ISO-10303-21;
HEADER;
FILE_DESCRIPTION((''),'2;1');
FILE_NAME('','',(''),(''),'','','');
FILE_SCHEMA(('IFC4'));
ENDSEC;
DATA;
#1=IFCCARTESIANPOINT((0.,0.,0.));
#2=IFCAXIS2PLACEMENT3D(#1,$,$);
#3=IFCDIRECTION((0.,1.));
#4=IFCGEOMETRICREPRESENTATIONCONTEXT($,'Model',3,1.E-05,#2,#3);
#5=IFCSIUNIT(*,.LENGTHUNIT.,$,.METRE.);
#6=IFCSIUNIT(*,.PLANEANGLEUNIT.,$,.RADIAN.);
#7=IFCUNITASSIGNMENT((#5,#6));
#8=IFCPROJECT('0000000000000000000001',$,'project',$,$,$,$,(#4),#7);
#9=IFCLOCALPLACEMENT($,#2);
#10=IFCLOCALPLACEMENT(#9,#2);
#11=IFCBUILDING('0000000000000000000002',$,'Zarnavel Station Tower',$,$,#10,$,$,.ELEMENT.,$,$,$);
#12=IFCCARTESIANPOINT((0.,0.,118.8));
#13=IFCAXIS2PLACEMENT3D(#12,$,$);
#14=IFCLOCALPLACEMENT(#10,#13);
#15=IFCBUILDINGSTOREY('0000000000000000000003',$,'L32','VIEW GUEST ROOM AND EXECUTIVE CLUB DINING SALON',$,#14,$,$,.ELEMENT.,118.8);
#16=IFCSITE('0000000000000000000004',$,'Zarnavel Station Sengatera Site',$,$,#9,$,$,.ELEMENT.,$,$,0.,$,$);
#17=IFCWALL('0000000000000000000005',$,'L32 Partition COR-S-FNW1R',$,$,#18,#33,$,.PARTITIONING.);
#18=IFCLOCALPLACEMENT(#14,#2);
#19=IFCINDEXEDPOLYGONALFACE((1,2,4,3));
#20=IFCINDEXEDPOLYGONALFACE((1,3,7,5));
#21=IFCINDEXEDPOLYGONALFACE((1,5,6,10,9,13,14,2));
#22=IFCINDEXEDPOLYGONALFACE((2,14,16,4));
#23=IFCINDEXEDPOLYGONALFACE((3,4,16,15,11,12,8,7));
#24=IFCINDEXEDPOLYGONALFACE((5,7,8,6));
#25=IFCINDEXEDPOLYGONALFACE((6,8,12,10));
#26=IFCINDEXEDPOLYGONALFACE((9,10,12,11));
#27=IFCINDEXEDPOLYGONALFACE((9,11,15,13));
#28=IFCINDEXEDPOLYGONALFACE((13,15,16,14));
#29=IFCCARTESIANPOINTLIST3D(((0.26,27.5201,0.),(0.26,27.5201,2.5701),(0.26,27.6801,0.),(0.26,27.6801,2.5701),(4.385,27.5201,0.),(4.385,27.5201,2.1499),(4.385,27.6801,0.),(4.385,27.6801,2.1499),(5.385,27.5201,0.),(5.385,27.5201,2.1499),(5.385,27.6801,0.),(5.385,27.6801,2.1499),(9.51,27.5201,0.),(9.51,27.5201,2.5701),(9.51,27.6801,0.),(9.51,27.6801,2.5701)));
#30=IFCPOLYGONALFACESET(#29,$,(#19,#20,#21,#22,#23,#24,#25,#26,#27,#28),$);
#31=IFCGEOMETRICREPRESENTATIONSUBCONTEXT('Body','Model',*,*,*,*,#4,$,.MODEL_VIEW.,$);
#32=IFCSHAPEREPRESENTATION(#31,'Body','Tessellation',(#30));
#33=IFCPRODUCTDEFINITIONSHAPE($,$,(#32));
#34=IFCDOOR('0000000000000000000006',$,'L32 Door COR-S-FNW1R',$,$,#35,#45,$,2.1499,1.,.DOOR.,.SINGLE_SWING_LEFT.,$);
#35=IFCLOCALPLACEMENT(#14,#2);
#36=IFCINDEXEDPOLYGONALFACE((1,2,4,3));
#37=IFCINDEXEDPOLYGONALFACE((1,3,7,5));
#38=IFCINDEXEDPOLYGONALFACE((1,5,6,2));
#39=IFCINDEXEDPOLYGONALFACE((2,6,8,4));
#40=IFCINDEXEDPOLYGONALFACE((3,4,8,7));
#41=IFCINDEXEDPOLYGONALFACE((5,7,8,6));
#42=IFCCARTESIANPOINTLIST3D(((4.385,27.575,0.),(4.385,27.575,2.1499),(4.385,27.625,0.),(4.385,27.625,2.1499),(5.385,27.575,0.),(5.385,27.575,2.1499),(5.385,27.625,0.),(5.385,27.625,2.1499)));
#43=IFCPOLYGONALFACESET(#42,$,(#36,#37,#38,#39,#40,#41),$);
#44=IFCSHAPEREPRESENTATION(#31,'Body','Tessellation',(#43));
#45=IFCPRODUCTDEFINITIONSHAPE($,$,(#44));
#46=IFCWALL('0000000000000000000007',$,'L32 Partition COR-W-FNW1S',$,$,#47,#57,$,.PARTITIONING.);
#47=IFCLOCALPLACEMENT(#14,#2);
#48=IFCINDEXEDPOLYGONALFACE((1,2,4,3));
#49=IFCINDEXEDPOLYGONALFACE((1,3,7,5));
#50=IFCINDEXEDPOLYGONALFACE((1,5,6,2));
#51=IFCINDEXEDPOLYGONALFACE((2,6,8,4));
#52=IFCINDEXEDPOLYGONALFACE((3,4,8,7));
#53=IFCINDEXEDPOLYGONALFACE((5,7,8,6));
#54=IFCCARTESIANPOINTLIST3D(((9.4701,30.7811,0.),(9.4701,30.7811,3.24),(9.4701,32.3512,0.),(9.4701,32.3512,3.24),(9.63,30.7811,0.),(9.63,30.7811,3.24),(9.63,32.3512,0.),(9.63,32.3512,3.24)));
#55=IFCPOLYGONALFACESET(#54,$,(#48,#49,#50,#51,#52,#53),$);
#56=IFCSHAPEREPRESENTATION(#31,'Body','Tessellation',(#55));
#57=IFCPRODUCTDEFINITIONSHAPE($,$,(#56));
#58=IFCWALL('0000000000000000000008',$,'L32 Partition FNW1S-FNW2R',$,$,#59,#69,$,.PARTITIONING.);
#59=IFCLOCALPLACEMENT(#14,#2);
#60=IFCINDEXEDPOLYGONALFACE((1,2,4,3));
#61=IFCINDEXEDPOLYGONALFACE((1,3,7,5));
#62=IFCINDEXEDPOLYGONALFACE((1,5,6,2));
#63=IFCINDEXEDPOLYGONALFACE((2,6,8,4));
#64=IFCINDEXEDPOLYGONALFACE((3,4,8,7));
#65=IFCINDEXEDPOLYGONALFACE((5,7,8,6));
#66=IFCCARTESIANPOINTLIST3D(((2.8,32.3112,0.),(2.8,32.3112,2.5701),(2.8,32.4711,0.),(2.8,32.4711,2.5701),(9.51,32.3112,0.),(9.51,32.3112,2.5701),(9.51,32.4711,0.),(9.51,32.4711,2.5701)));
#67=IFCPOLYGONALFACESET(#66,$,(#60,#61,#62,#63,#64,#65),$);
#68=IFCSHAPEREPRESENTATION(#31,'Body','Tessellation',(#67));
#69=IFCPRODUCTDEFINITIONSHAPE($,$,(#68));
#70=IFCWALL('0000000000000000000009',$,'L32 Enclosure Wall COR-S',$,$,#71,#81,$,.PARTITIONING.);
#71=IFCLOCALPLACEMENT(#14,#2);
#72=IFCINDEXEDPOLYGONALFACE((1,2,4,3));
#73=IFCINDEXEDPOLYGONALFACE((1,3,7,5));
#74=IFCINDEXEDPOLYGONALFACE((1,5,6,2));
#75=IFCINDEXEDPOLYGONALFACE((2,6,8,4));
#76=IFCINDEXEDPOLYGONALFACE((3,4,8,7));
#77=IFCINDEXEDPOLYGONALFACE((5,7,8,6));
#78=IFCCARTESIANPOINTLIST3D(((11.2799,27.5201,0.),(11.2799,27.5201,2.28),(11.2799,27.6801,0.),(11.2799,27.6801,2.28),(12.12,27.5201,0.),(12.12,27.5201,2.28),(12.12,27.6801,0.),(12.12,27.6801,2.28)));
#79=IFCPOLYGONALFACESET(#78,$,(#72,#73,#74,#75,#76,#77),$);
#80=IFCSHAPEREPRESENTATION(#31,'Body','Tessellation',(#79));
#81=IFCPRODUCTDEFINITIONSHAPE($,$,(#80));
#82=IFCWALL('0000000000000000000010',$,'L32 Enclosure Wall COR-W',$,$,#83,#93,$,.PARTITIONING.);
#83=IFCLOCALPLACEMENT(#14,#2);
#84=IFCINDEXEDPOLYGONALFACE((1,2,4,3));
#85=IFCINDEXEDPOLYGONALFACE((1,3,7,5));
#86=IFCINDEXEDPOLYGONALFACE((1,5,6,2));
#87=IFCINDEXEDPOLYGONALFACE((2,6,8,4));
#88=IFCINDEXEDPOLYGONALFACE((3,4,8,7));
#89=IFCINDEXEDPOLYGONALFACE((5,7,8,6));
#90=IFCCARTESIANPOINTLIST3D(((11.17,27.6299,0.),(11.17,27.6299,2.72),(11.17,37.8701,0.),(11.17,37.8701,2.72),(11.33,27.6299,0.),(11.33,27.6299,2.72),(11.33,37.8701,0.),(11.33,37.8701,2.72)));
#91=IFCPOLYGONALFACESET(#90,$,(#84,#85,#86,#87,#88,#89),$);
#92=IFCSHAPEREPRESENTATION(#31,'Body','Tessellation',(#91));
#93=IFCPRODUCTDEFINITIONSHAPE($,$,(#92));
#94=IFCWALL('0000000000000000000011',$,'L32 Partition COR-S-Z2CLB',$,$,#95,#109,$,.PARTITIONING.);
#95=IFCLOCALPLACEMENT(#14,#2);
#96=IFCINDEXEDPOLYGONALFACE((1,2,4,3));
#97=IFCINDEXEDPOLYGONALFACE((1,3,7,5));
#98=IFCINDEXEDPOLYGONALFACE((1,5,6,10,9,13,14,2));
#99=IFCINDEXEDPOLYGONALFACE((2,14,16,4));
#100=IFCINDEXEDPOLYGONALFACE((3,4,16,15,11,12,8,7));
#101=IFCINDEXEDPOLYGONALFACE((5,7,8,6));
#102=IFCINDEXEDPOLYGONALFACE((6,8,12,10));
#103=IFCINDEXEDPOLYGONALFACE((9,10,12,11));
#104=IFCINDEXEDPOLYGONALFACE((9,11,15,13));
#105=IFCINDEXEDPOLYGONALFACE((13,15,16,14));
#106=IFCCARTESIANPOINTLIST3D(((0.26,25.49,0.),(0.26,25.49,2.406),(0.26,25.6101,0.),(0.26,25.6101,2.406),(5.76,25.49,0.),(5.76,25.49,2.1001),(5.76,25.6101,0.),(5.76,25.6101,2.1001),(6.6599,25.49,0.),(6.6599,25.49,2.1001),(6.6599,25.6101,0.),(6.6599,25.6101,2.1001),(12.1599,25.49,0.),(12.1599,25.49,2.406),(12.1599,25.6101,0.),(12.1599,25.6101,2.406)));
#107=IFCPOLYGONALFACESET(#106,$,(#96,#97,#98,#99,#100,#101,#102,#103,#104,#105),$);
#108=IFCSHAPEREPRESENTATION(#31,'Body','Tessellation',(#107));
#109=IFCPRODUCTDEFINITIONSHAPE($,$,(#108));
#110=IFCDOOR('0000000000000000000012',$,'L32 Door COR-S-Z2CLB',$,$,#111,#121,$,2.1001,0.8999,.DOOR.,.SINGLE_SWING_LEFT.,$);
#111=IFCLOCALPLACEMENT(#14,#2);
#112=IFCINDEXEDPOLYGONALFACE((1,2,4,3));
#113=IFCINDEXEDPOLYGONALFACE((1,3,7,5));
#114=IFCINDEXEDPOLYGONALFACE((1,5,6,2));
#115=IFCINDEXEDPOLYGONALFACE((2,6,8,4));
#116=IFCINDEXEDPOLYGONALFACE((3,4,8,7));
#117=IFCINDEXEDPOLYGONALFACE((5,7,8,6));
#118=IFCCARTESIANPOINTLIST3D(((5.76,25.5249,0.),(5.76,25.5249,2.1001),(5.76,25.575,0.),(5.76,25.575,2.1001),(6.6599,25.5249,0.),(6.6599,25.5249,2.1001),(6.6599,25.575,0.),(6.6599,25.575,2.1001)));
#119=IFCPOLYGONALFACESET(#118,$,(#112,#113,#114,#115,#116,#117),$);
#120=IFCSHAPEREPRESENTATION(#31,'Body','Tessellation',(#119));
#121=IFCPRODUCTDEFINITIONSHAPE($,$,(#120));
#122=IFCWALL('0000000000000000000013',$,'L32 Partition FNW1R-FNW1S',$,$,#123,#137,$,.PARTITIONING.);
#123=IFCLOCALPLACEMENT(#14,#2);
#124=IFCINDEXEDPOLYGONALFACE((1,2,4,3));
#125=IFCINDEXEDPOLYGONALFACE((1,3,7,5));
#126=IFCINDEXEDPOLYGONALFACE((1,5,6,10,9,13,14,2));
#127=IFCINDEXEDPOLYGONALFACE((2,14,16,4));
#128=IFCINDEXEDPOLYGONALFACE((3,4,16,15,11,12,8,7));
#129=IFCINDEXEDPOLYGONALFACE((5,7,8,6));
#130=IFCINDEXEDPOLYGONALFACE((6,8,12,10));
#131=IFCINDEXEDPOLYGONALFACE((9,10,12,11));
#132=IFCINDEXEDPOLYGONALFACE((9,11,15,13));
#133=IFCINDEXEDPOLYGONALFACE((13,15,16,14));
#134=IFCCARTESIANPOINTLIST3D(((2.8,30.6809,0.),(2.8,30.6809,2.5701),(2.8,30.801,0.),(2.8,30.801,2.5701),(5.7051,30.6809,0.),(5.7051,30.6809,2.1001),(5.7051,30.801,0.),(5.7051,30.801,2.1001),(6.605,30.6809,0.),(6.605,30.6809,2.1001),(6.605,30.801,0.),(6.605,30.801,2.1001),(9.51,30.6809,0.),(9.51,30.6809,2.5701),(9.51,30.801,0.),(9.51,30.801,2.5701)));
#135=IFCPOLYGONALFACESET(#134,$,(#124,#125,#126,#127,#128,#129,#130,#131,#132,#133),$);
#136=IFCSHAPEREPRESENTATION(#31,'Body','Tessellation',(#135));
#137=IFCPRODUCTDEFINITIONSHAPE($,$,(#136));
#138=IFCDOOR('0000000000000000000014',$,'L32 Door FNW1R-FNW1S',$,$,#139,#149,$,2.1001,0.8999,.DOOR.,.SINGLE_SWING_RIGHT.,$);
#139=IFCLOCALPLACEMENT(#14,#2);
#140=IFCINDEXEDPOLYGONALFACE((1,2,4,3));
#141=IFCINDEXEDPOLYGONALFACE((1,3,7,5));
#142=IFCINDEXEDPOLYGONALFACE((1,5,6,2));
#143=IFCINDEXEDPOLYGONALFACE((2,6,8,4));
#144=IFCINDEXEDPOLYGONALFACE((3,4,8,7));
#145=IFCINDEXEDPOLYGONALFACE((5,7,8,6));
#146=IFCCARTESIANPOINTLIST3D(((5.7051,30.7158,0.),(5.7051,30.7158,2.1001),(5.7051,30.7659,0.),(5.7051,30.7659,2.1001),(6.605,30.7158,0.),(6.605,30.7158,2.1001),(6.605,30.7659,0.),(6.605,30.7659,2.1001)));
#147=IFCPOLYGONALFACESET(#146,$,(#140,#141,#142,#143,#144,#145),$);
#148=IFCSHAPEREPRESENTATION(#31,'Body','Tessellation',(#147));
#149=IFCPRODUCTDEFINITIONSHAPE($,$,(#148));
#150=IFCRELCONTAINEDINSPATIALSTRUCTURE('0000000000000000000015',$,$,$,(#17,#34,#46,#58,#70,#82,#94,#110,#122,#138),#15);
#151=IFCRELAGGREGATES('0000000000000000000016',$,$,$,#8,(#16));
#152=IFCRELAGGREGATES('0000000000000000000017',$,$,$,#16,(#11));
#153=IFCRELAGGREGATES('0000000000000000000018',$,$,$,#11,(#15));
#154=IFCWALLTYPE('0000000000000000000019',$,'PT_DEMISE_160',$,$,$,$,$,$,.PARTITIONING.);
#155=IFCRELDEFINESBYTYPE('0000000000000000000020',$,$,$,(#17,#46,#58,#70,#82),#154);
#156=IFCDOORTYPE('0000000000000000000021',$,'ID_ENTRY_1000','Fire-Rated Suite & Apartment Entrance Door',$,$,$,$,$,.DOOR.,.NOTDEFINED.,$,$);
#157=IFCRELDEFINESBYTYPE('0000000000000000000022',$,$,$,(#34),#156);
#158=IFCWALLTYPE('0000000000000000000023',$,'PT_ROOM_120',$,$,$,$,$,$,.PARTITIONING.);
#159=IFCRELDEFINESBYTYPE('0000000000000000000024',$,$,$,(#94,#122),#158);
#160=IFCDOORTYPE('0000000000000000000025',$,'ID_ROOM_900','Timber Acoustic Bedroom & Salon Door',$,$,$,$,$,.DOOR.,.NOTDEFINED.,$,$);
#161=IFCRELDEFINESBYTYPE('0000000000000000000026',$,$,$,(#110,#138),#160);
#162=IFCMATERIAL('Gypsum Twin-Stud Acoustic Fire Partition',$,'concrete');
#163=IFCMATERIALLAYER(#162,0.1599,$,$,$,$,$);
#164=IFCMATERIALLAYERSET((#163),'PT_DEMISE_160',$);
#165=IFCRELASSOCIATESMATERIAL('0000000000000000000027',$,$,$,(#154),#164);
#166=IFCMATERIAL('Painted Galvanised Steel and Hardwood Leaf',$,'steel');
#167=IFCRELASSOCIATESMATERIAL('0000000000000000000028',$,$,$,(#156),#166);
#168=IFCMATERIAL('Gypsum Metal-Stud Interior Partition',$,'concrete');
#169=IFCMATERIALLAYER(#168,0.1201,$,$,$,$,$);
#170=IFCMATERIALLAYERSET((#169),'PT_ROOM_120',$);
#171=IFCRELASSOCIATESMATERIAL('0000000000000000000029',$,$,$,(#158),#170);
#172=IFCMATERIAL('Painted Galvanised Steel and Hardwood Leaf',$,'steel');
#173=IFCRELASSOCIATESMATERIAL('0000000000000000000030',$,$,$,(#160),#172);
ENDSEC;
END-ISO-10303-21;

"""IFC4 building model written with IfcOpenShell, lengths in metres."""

from ifc_helpers import new_model, si_unit, direction, frame, frame_2d, origin, place, context, subcontext, project, spatial, rectangle, extrude, material, layer, layer_set, type_object, element, fill, save


model = new_model("IFC4")

# Units and contexts
model_context = context("Model", 3, precision=1e-05, world=origin(), true_north=direction((0.0, 1.0)))
body_context = subcontext(model_context, "Body", "Model", "MODEL_VIEW")
ifc_project = project(units=[si_unit("LENGTHUNIT", "METRE"), si_unit("PLANEANGLEUNIT", "RADIAN")], contexts=[model_context])

# Site, building, storey
site_placement = place(None, origin())
site = spatial("IfcSite", under=ifc_project, at=site_placement, Name="Zarnavel Station Sengatera Site", CompositionType="ELEMENT", RefElevation=0.0)
building_placement = place(site_placement, origin())
building = spatial("IfcBuilding", under=site, at=building_placement, Name="Zarnavel Station Tower", CompositionType="ELEMENT")
storey_placement = place(building_placement, frame((0.0, 0.0, 118.8)))
storey = spatial("IfcBuildingStorey", under=building, at=storey_placement, Name="L32", Description="VIEW GUEST ROOM AND EXECUTIVE CLUB DINING SALON", CompositionType="ELEMENT", Elevation=118.8)

# Wall, opening, door
ifc_material_1 = material(Name="Gypsum Twin-Stud Acoustic Fire Partition", Category="concrete")
ifc_layer_1 = layer(ifc_material_1, 0.1599)
ifc_layer_set_1 = layer_set([ifc_layer_1], Name="PT_DEMISE_160")
wall_type_1 = type_object("IfcWallType", Name="PT_DEMISE_160", PredefinedType="PARTITIONING", material=ifc_layer_set_1)
wall_1_placement = place(storey_placement, frame((0.26, 27.6001, 0.0), z_axis=(0.0, 0.0, 1.0), x_axis=(1.0, 0.0, 0.0)))
wall_1 = element("IfcWall", 1, at=wall_1_placement, inside=storey, type_object=wall_type_1, Name="L32 Partition COR-S-FNW1R", PredefinedType="PARTITIONING", context=body_context, shape_type="SweptSolid", body=[
    extrude(rectangle(XDim=9.25, YDim=0.1599, at=frame_2d((4.625, 0.0))), origin(), (0.0, 0.0, 1.0), 2.5701),
])
opening_1_placement = place(wall_1_placement, frame((4.125, 0.0, 0.0)))
opening_1 = element("IfcOpeningElement", 2, at=opening_1_placement, cuts=wall_1, PredefinedType="OPENING", context=body_context, shape_type="SweptSolid", body=[
    extrude(rectangle(XDim=1.0, YDim=2.1499, at=frame_2d((0.5, 1.075))), frame((0.0, 0.0898, 0.0), z_axis=(0.0, -1.0, 0.0), x_axis=(1.0, 0.0, 0.0)), (0.0, 0.0, 1.0), 0.1799),
])
ifc_material_2 = material(Name="Painted Galvanised Steel and Hardwood Leaf", Category="steel")
door_type_1 = type_object("IfcDoorType", Name="ID_ENTRY_1000", Description="Fire-Rated Suite & Apartment Entrance Door", OperationType="NOTDEFINED", PredefinedType="DOOR", material=ifc_material_2)
door_1_placement = place(opening_1_placement, origin())
door_1 = element("IfcDoor", 3, at=door_1_placement, inside=storey, type_object=door_type_1, Name="L32 Door COR-S-FNW1R", OperationType="SINGLE_SWING_LEFT", OverallHeight=2.1499, OverallWidth=1.0, PredefinedType="DOOR", context=body_context, shape_type="SweptSolid", body=[
    extrude(rectangle(XDim=1.0, YDim=2.1499, at=frame_2d((0.5, 1.075))), frame((0.0, 0.0249, 0.0), z_axis=(0.0, -1.0, 0.0), x_axis=(1.0, 0.0, 0.0)), (0.0, 0.0, 1.0), 0.05),
])
fill(opening_1, door_1)

# Wall
wall_2_placement = place(storey_placement, frame((9.55, 30.781, 0.0), z_axis=(0.0, 0.0, 1.0), x_axis=(0.0, 1.0, 0.0)))
element("IfcWall", 4, at=wall_2_placement, inside=storey, type_object=wall_type_1, Name="L32 Partition COR-W-FNW1S", PredefinedType="PARTITIONING", context=body_context, shape_type="SweptSolid", body=[
    extrude(rectangle(XDim=1.5701, YDim=0.1599, at=frame_2d((0.7852, 0.0))), origin(), (0.0, 0.0, 1.0), 3.24),
])

# Walls
wall_3_placement = place(storey_placement, frame((2.8, 32.3911, 0.0), z_axis=(0.0, 0.0, 1.0), x_axis=(1.0, 0.0, 0.0)))
element("IfcWall", 5, at=wall_3_placement, inside=storey, type_object=wall_type_1, Name="L32 Partition FNW1S-FNW2R", PredefinedType="PARTITIONING", context=body_context, shape_type="SweptSolid", body=[
    extrude(rectangle(XDim=6.71, YDim=0.1599, at=frame_2d((3.355, 0.0))), origin(), (0.0, 0.0, 1.0), 2.5701),
])
wall_4_placement = place(storey_placement, frame((11.28, 27.6001, 0.0), z_axis=(0.0, 0.0, 1.0), x_axis=(1.0, 0.0, 0.0)))
element("IfcWall", 6, at=wall_4_placement, inside=storey, type_object=wall_type_1, Name="L32 Enclosure Wall COR-S", PredefinedType="PARTITIONING", context=body_context, shape_type="SweptSolid", body=[
    extrude(rectangle(XDim=0.8401, YDim=0.1599, at=frame_2d((0.4199, 0.0))), origin(), (0.0, 0.0, 1.0), 2.28),
])
wall_5_placement = place(storey_placement, frame((11.25, 27.6299, 0.0), z_axis=(0.0, 0.0, 1.0), x_axis=(0.0, 1.0, 0.0)))
element("IfcWall", 7, at=wall_5_placement, inside=storey, type_object=wall_type_1, Name="L32 Enclosure Wall COR-W", PredefinedType="PARTITIONING", context=body_context, shape_type="SweptSolid", body=[
    extrude(rectangle(XDim=10.2402, YDim=0.1599, at=frame_2d((5.1201, 0.0))), origin(), (0.0, 0.0, 1.0), 2.72),
])

# Walls, openings, doors
ifc_material_3 = material(Name="Gypsum Metal-Stud Interior Partition", Category="concrete")
ifc_layer_2 = layer(ifc_material_3, 0.1201)
ifc_layer_set_2 = layer_set([ifc_layer_2], Name="PT_ROOM_120")
wall_type_2 = type_object("IfcWallType", Name="PT_ROOM_120", PredefinedType="PARTITIONING", material=ifc_layer_set_2)
wall_6_placement = place(storey_placement, frame((0.26, 25.55, 0.0), z_axis=(0.0, 0.0, 1.0), x_axis=(1.0, 0.0, 0.0)))
wall_6 = element("IfcWall", 8, at=wall_6_placement, inside=storey, type_object=wall_type_2, Name="L32 Partition COR-S-Z2CLB", PredefinedType="PARTITIONING", context=body_context, shape_type="SweptSolid", body=[
    extrude(rectangle(XDim=11.8999, YDim=0.1201, at=frame_2d((5.95, 0.0))), origin(), (0.0, 0.0, 1.0), 2.406),
])
opening_2_placement = place(wall_6_placement, frame((5.5, 0.0, 0.0)))
opening_2 = element("IfcOpeningElement", 9, at=opening_2_placement, cuts=wall_6, PredefinedType="OPENING", context=body_context, shape_type="SweptSolid", body=[
    extrude(rectangle(XDim=0.8999, YDim=2.1001, at=frame_2d((0.45, 1.05))), frame((0.0, 0.0701, 0.0), z_axis=(0.0, -1.0, 0.0), x_axis=(1.0, 0.0, 0.0)), (0.0, 0.0, 1.0), 0.1401),
])
ifc_material_4 = material(Name="Painted Galvanised Steel and Hardwood Leaf", Category="steel")
door_type_2 = type_object("IfcDoorType", Name="ID_ROOM_900", Description="Timber Acoustic Bedroom & Salon Door", OperationType="NOTDEFINED", PredefinedType="DOOR", material=ifc_material_4)
door_2_placement = place(opening_2_placement, origin())
door_2 = element("IfcDoor", 10, at=door_2_placement, inside=storey, type_object=door_type_2, Name="L32 Door COR-S-Z2CLB", OperationType="SINGLE_SWING_LEFT", OverallHeight=2.1001, OverallWidth=0.8999, PredefinedType="DOOR", context=body_context, shape_type="SweptSolid", body=[
    extrude(rectangle(XDim=0.8999, YDim=2.1001, at=frame_2d((0.45, 1.05))), frame((0.0, 0.0249, 0.0), z_axis=(0.0, -1.0, 0.0), x_axis=(1.0, 0.0, 0.0)), (0.0, 0.0, 1.0), 0.05),
])
fill(opening_2, door_2)
wall_7_placement = place(storey_placement, frame((2.8, 30.741, 0.0), z_axis=(0.0, 0.0, 1.0), x_axis=(1.0, 0.0, 0.0)))
wall_7 = element("IfcWall", 11, at=wall_7_placement, inside=storey, type_object=wall_type_2, Name="L32 Partition FNW1R-FNW1S", PredefinedType="PARTITIONING", context=body_context, shape_type="SweptSolid", body=[
    extrude(rectangle(XDim=6.71, YDim=0.1201, at=frame_2d((3.355, 0.0))), origin(), (0.0, 0.0, 1.0), 2.5701),
])
opening_3_placement = place(wall_7_placement, frame((2.905, 0.0, 0.0)))
opening_3 = element("IfcOpeningElement", 12, at=opening_3_placement, cuts=wall_7, PredefinedType="OPENING", context=body_context, shape_type="SweptSolid", body=[
    extrude(rectangle(XDim=0.8999, YDim=2.1001, at=frame_2d((0.45, 1.05))), frame((0.0, 0.0701, 0.0), z_axis=(0.0, -1.0, 0.0), x_axis=(1.0, 0.0, 0.0)), (0.0, 0.0, 1.0), 0.1401),
])
door_3_placement = place(opening_3_placement, origin())
door_3 = element("IfcDoor", 13, at=door_3_placement, inside=storey, type_object=door_type_2, Name="L32 Door FNW1R-FNW1S", OperationType="SINGLE_SWING_RIGHT", OverallHeight=2.1001, OverallWidth=0.8999, PredefinedType="DOOR", context=body_context, shape_type="SweptSolid", body=[
    extrude(rectangle(XDim=0.8999, YDim=2.1001, at=frame_2d((0.45, 1.05))), frame((0.0, 0.0249, 0.0), z_axis=(0.0, -1.0, 0.0), x_axis=(1.0, 0.0, 0.0)), (0.0, 0.0, 1.0), 0.05),
])
fill(opening_3, door_3)

save(model, "model.ifc")
